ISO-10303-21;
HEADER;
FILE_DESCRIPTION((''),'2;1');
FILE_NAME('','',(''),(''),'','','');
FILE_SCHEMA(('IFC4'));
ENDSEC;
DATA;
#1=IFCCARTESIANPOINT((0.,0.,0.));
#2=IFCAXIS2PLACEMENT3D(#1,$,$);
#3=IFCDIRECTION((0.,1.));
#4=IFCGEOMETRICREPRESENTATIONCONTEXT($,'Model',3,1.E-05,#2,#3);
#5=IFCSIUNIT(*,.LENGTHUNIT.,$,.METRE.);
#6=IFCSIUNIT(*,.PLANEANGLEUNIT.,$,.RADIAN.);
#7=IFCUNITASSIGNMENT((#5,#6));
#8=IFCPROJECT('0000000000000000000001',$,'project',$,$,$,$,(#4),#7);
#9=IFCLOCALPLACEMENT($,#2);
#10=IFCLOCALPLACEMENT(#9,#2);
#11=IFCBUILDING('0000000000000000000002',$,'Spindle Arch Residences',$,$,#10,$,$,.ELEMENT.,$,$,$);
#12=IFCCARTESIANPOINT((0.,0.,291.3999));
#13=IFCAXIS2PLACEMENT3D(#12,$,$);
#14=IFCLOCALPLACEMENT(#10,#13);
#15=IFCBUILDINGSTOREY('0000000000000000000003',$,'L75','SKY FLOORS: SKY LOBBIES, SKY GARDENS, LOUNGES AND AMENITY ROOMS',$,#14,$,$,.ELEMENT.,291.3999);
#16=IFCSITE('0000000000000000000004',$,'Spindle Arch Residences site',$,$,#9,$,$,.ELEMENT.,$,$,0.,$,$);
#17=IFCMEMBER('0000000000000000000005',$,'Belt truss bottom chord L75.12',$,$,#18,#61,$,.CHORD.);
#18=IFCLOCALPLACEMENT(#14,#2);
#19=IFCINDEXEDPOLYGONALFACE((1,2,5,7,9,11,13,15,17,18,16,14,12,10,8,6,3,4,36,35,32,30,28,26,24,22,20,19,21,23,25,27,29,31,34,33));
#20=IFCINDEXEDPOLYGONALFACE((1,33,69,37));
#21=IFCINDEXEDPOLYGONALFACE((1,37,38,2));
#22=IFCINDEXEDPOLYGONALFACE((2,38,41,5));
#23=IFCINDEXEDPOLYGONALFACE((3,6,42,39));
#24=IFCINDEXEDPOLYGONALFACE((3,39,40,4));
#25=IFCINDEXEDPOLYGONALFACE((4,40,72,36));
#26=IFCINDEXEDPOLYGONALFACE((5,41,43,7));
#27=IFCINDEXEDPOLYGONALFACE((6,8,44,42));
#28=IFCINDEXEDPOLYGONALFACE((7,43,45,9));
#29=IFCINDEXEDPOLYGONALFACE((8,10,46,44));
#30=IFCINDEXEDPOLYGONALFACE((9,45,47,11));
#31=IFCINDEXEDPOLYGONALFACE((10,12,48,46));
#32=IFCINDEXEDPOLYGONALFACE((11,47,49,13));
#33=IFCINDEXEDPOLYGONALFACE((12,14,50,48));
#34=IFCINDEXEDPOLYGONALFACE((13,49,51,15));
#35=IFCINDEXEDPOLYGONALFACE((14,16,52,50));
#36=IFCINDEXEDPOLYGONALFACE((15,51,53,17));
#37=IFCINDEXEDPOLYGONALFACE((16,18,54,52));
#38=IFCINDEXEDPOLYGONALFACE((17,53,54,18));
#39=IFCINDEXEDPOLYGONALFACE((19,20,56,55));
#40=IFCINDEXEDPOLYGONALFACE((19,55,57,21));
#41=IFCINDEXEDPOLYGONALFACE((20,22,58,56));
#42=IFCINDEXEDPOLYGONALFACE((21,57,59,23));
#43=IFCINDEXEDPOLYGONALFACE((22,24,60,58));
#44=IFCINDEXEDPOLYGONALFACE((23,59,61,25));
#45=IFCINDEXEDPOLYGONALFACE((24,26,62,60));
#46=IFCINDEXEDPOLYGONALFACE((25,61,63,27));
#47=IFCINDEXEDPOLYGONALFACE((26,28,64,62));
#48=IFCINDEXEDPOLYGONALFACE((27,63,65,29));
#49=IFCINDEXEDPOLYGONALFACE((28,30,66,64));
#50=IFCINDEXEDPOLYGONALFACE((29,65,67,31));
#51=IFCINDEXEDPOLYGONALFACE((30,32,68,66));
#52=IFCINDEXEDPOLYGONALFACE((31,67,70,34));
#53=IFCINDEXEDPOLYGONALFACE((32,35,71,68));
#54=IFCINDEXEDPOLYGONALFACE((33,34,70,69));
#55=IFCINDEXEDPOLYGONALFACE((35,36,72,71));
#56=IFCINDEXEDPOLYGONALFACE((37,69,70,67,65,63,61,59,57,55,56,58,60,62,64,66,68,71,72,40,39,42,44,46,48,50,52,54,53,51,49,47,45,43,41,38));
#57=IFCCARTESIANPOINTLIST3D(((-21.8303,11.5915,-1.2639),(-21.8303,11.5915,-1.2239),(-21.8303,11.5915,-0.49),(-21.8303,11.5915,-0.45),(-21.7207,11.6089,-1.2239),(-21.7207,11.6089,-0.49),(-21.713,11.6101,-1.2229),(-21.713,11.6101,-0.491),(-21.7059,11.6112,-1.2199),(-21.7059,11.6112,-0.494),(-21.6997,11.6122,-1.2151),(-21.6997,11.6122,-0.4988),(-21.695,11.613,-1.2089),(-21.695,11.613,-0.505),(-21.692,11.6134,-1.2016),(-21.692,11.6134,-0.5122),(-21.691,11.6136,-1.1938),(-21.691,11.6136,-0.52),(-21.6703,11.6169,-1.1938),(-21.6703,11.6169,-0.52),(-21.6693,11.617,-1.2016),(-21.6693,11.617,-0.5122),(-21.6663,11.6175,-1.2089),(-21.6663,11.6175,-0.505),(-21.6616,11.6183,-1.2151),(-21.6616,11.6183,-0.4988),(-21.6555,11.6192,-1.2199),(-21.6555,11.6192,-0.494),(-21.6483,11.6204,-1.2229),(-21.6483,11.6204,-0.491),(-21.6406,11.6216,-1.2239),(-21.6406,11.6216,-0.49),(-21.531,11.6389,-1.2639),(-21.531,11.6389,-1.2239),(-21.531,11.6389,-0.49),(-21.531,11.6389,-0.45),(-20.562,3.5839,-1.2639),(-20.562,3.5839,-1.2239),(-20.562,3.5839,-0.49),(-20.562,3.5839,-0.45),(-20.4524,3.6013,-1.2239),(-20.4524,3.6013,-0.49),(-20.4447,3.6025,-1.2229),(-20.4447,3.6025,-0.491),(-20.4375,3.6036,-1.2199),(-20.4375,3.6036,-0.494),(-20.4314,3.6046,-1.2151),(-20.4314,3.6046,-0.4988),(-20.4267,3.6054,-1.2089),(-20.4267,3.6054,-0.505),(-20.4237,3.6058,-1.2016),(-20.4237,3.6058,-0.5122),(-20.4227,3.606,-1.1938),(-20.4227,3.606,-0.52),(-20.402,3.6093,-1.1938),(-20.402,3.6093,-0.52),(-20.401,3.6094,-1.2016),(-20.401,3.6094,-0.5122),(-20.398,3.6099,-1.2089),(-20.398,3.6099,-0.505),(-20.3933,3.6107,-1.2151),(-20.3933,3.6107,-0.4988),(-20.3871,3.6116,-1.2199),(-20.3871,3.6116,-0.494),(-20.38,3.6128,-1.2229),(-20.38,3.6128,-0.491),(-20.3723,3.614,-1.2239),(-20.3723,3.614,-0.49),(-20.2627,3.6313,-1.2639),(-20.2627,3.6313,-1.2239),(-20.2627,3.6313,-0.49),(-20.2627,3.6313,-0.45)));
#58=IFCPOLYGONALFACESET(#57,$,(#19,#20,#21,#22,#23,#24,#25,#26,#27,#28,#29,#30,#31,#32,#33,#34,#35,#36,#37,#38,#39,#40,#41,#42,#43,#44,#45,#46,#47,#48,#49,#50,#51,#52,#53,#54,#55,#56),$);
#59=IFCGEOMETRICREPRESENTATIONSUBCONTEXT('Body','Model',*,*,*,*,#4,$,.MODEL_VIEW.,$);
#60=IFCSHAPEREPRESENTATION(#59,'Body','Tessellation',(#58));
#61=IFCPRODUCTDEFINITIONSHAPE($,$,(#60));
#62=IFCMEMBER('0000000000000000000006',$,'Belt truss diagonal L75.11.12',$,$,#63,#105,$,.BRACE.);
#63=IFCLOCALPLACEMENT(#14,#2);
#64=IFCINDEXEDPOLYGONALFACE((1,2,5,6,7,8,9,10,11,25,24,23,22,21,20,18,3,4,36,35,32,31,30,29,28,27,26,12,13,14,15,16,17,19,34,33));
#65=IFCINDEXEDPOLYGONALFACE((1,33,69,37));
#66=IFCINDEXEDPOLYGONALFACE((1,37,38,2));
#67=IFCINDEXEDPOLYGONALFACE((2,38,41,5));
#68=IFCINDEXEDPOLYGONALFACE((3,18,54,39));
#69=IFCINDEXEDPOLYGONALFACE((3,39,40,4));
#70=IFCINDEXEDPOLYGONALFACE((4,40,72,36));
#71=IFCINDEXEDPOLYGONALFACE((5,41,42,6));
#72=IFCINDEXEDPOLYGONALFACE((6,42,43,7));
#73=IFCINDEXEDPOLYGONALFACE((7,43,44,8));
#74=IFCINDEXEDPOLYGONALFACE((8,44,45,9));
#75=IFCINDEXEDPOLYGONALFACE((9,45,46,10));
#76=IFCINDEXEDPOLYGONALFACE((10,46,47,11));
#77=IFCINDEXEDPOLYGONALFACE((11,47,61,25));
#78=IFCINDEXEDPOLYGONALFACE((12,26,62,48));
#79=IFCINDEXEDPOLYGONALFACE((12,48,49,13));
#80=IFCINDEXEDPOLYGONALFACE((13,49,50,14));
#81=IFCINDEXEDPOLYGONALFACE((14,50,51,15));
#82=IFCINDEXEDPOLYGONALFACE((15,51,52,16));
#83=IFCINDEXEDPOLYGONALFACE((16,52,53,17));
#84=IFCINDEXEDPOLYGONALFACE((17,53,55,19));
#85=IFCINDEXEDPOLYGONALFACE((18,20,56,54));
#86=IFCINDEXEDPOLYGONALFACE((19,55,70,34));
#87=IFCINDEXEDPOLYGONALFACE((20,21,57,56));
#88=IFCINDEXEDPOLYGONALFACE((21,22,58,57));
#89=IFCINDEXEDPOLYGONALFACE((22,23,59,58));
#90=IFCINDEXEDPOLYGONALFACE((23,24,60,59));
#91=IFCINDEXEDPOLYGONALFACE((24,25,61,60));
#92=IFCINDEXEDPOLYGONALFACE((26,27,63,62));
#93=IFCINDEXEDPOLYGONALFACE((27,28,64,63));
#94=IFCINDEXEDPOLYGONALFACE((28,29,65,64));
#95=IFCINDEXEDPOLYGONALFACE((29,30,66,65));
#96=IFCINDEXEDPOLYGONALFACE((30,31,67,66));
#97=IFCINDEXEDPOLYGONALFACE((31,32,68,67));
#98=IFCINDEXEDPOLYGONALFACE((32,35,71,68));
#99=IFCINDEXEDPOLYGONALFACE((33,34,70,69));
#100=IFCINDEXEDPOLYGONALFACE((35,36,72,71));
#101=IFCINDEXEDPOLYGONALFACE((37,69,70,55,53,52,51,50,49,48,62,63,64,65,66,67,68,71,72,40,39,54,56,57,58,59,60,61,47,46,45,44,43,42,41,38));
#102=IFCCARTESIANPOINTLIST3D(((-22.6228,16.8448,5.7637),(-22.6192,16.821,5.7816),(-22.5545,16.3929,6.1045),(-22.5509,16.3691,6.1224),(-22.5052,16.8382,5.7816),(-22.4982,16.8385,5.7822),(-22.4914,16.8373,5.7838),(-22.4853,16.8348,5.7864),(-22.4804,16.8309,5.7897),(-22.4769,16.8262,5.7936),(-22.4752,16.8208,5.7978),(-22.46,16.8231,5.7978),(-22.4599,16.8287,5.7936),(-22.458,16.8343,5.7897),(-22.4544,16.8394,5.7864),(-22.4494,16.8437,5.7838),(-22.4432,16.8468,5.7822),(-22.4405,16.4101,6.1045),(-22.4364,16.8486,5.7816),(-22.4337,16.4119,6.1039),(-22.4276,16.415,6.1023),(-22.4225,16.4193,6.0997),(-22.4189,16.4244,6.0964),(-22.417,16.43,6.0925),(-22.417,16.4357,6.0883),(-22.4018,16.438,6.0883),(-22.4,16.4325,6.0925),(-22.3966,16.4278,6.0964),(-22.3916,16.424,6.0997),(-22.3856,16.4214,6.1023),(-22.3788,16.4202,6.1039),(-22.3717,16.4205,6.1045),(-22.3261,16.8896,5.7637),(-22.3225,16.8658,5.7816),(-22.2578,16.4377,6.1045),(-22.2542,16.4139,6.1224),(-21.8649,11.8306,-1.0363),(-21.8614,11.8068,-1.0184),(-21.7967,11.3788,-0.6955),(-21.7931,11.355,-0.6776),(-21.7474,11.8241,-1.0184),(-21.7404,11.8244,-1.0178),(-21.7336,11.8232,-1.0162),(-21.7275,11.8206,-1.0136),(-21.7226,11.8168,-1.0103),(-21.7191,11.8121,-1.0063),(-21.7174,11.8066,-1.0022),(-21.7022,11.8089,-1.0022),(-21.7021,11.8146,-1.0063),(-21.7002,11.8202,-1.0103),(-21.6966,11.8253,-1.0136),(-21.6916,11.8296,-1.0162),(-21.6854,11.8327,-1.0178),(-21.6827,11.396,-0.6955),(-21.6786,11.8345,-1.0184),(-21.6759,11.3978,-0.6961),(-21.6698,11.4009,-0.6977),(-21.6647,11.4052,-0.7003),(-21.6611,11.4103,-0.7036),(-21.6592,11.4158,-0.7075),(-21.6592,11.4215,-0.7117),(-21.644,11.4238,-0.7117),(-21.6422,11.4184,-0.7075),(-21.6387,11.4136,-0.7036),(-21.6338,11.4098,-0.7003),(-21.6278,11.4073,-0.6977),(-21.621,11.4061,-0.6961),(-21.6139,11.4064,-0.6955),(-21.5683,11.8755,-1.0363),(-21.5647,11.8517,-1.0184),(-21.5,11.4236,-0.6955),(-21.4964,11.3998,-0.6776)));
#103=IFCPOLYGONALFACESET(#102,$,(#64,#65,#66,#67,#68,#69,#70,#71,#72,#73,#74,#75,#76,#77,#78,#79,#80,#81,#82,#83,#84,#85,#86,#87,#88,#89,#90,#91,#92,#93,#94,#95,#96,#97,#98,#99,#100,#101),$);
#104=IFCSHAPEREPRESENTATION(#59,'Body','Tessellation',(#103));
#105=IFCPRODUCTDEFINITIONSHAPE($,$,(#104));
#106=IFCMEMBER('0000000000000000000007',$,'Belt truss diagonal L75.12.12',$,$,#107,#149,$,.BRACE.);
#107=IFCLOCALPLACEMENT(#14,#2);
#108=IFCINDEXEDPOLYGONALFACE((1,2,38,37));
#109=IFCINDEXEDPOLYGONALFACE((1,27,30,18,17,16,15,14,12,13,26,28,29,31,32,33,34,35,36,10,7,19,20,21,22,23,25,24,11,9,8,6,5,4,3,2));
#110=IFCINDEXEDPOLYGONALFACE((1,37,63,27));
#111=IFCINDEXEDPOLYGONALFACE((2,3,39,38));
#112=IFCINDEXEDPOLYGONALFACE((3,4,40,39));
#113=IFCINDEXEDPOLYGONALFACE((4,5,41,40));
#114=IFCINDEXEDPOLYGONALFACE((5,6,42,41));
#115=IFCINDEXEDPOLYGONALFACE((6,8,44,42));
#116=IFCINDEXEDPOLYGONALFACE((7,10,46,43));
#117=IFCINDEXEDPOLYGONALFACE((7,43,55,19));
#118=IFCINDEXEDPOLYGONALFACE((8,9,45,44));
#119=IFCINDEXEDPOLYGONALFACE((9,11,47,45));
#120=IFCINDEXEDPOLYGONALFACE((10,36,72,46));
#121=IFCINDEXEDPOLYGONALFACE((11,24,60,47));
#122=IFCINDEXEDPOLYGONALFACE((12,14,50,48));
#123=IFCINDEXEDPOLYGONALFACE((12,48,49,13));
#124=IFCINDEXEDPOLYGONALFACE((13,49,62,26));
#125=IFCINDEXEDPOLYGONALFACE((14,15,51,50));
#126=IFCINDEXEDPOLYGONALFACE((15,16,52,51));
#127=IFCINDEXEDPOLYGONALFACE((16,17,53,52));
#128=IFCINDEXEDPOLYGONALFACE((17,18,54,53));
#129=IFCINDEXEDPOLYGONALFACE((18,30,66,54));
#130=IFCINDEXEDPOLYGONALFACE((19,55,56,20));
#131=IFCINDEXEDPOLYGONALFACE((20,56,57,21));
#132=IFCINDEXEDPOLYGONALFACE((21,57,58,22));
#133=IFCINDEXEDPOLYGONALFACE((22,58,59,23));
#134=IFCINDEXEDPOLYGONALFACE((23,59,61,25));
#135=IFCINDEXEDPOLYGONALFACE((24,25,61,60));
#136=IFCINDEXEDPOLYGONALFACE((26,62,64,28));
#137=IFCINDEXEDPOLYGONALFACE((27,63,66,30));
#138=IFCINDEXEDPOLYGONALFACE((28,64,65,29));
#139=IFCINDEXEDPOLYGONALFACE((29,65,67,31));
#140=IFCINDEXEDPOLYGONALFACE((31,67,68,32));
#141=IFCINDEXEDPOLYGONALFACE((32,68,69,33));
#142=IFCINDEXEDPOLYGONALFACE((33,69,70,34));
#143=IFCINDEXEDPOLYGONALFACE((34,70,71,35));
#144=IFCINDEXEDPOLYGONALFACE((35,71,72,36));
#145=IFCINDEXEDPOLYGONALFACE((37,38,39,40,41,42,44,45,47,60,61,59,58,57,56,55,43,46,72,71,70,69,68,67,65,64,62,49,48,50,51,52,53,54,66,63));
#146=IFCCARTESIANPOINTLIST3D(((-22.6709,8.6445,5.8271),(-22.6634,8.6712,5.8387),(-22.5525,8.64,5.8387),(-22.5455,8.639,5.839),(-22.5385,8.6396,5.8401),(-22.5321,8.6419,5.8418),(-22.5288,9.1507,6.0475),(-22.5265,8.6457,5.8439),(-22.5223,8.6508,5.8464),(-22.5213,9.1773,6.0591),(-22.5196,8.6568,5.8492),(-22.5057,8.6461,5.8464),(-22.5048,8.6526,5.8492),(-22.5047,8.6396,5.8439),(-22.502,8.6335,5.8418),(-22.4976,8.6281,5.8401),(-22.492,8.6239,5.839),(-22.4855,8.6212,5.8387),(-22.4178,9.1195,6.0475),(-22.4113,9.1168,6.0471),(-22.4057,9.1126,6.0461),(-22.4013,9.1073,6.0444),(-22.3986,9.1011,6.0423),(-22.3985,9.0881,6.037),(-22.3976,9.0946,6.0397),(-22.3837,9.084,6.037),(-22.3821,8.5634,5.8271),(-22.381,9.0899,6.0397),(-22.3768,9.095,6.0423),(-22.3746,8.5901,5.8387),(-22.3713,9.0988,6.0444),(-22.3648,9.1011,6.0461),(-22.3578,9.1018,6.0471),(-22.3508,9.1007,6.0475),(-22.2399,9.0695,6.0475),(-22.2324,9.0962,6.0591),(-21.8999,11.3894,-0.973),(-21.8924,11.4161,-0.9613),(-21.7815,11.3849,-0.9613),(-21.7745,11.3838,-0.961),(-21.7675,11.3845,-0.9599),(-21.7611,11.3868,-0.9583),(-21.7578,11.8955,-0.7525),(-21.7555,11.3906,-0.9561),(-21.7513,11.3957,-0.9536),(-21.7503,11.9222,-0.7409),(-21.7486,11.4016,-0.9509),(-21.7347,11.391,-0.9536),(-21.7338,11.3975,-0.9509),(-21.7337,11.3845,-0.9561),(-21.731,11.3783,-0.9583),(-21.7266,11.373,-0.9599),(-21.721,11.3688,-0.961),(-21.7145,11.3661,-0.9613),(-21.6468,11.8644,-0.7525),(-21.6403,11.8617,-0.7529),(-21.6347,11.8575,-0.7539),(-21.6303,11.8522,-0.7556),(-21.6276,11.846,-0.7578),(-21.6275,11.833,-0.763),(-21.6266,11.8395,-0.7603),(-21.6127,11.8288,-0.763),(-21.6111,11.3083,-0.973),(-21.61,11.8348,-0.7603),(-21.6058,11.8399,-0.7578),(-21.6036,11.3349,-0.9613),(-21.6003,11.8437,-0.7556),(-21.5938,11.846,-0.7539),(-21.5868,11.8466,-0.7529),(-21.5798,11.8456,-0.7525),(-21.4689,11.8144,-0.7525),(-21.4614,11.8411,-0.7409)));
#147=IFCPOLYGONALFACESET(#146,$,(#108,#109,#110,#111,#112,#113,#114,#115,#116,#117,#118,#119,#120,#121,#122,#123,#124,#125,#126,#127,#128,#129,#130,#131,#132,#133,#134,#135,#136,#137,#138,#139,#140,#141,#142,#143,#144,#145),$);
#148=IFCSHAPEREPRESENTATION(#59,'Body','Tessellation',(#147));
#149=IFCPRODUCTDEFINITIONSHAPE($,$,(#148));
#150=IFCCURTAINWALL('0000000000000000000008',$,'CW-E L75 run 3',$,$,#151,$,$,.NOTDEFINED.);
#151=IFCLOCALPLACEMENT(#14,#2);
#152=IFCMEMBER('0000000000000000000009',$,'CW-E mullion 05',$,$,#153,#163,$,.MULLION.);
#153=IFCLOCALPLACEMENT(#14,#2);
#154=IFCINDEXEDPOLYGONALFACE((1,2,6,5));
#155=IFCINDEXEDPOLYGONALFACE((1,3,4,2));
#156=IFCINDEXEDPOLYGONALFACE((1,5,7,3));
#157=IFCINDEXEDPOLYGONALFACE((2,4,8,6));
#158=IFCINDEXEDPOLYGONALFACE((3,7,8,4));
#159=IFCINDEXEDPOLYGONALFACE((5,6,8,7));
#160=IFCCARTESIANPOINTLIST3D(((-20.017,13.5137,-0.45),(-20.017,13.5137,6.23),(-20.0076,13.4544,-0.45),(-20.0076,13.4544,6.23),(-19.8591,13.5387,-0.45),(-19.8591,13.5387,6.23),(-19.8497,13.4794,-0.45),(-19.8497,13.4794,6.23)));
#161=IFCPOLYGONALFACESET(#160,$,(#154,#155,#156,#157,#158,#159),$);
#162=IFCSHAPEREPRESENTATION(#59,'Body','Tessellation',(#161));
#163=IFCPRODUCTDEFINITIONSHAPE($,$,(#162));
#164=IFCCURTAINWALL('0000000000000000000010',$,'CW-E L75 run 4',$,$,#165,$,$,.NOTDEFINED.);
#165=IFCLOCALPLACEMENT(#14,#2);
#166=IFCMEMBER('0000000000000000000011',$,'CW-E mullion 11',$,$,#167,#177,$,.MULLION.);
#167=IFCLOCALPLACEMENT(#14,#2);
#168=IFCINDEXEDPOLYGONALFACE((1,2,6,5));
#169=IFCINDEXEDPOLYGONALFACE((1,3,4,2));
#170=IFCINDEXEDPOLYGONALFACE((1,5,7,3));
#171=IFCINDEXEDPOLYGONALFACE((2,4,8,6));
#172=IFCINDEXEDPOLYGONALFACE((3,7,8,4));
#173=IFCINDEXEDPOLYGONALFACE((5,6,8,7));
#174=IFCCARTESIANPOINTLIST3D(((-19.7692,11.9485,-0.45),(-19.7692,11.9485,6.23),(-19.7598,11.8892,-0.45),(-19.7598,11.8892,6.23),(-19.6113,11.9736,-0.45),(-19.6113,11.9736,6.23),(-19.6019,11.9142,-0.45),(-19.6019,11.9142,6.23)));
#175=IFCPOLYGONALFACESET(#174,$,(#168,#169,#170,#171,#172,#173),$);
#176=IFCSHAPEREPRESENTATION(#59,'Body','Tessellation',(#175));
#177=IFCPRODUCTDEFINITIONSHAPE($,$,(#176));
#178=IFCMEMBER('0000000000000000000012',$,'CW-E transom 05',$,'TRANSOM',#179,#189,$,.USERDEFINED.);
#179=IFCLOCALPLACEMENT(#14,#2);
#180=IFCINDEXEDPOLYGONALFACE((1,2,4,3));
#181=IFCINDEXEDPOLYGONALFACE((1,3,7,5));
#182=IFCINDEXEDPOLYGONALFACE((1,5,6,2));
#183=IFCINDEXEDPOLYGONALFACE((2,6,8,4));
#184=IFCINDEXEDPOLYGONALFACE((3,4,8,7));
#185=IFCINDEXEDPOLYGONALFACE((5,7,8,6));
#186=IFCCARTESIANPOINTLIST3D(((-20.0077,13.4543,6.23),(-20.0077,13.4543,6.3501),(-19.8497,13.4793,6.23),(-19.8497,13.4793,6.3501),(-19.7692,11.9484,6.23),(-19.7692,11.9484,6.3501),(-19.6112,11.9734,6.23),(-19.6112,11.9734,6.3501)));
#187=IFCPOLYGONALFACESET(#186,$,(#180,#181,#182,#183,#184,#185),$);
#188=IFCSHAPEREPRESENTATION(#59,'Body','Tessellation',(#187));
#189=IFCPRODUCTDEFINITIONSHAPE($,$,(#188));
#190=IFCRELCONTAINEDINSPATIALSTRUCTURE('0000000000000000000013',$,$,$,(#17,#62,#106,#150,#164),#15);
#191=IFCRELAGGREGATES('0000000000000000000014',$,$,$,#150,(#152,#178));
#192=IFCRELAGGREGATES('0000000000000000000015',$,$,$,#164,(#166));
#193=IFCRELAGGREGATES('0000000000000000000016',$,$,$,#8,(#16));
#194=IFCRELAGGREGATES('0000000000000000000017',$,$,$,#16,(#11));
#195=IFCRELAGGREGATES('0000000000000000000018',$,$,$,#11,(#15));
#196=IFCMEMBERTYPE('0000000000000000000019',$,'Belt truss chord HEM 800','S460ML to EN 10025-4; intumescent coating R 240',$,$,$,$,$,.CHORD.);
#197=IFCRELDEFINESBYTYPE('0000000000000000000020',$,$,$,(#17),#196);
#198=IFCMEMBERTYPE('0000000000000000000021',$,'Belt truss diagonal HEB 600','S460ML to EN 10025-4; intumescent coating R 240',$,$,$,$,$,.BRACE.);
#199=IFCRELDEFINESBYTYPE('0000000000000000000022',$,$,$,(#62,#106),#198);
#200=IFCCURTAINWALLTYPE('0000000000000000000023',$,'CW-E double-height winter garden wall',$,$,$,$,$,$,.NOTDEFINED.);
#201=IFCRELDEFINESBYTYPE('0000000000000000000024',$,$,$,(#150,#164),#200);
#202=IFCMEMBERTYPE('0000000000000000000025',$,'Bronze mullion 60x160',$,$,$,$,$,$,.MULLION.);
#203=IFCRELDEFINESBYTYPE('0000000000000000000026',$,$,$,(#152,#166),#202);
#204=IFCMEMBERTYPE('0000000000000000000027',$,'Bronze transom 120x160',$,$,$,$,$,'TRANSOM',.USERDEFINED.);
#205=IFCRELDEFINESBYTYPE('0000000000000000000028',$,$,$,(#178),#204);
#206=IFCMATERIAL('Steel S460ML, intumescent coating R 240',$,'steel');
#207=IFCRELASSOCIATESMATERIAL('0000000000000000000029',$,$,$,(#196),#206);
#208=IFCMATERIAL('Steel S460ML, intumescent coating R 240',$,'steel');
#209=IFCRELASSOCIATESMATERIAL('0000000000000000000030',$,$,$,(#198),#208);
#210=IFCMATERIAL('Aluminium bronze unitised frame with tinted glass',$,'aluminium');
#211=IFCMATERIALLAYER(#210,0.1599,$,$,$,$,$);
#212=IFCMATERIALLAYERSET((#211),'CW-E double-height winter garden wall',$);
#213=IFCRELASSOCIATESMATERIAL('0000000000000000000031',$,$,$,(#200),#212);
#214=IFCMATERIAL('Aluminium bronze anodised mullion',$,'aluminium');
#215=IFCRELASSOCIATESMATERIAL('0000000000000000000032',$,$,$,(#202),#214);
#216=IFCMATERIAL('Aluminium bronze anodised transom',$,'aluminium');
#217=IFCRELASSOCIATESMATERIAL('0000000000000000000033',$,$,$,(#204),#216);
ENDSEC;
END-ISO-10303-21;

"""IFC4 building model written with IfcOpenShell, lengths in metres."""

from ifc_helpers import new_model, si_unit, direction, frame, origin, origin_2d, place, context, subcontext, project, spatial, rectangle, i_section, extrude, material, layer, layer_set, material_profile, profile_set, type_object, element, aggregate, save


model = new_model("IFC4")

# Units and contexts
model_context = context("Model", 3, precision=1e-05, world=origin(), true_north=direction((0.0, 1.0)))
body_context = subcontext(model_context, "Body", "Model", "MODEL_VIEW")
ifc_project = project(units=[si_unit("LENGTHUNIT", "METRE"), si_unit("PLANEANGLEUNIT", "RADIAN")], contexts=[model_context])

# Site, building, storey
site_placement = place(None, origin())
site = spatial("IfcSite", under=ifc_project, at=site_placement, Name="Spindle Arch Residences site", CompositionType="ELEMENT", RefElevation=0.0)
building_placement = place(site_placement, origin())
building = spatial("IfcBuilding", under=site, at=building_placement, Name="Spindle Arch Residences", CompositionType="ELEMENT")
storey_placement = place(building_placement, frame((0.0, 0.0, 291.3999)))
storey = spatial("IfcBuildingStorey", under=building, at=storey_placement, Name="L75", Description="SKY FLOORS: SKY LOBBIES, SKY GARDENS, LOUNGES AND AMENITY ROOMS", CompositionType="ELEMENT", Elevation=291.3999)

# Members
ifc_material_1 = material(Name="Steel S460ML, intumescent coating R 240", Category="steel")
ifc_material_profile_1 = material_profile(ifc_material_1, i_section(OverallWidth=0.303, OverallDepth=0.814, WebThickness=0.021, FlangeThickness=0.04, FilletRadius=0.03, at=origin_2d()), Name="HEM 800")
ifc_profile_set_1 = profile_set([ifc_material_profile_1], Name="Steel S460ML, intumescent coating R 240")
member_type_1 = type_object("IfcMemberType", Name="Belt truss chord HEM 800", Description="S460ML to EN 10025-4; intumescent coating R 240", PredefinedType="CHORD", material=ifc_profile_set_1)
member_1_placement = place(storey_placement, frame((-21.6807, 11.6152, -0.8569), z_axis=(0.156439, -0.987688, 0.0), x_axis=(0.987688, 0.156439, 0.0)))
element("IfcMember", 1, at=member_1_placement, inside=storey, type_object=member_type_1, Name="Belt truss bottom chord L75.12", PredefinedType="CHORD", context=body_context, shape_type="SweptSolid", body=[
    extrude(i_section(OverallWidth=0.303, OverallDepth=0.814, WebThickness=0.021, FlangeThickness=0.04, FilletRadius=0.03, at=origin_2d()), origin(), (0.0, 0.0, 1.0), 8.1074),
])
ifc_material_2 = material(Name="Steel S460ML, intumescent coating R 240", Category="steel")
ifc_material_profile_2 = material_profile(ifc_material_2, i_section(OverallWidth=0.3, OverallDepth=0.6001, WebThickness=0.0154, FlangeThickness=0.03, FilletRadius=0.0271, at=origin_2d()), Name="HEB 600")
ifc_profile_set_2 = profile_set([ifc_material_profile_2], Name="Steel S460ML, intumescent coating R 240")
member_type_2 = type_object("IfcMemberType", Name="Belt truss diagonal HEB 600", Description="S460ML to EN 10025-4; intumescent coating R 240", PredefinedType="BRACE", material=ifc_profile_set_2)
member_2_placement = place(storey_placement, frame((-21.6807, 11.6152, -0.8569), z_axis=(-0.089336, 0.591102, 0.801634), x_axis=(-0.988771, -0.149437, 0.0)))
element("IfcMember", 2, at=member_2_placement, inside=storey, type_object=member_type_2, Name="Belt truss diagonal L75.11.12", PredefinedType="BRACE", context=body_context, shape_type="SweptSolid", body=[
    extrude(i_section(OverallWidth=0.3, OverallDepth=0.6001, WebThickness=0.0154, FlangeThickness=0.03, FilletRadius=0.0271, at=origin_2d()), origin(), (0.0, 0.0, 1.0), 8.4827),
])
member_3_placement = place(storey_placement, frame((-21.6807, 11.6152, -0.8569), z_axis=(-0.104562, -0.372259, 0.92222), x_axis=(0.962742, -0.270421, 0.0)))
element("IfcMember", 3, at=member_3_placement, inside=storey, type_object=member_type_2, Name="Belt truss diagonal L75.12.12", PredefinedType="BRACE", context=body_context, shape_type="SweptSolid", body=[
    extrude(i_section(OverallWidth=0.3, OverallDepth=0.6001, WebThickness=0.0154, FlangeThickness=0.03, FilletRadius=0.0271, at=origin_2d()), origin(), (0.0, 0.0, 1.0), 7.3735),
])

# Curtain walls, members
ifc_material_3 = material(Name="Aluminium bronze unitised frame with tinted glass", Category="aluminium")
ifc_layer_1 = layer(ifc_material_3, 0.1599)
ifc_layer_set_1 = layer_set([ifc_layer_1], Name="CW-E double-height winter garden wall")
curtain_wall_type = type_object("IfcCurtainWallType", Name="CW-E double-height winter garden wall", PredefinedType="NOTDEFINED", material=ifc_layer_set_1)
curtain_wall_1_placement = place(storey_placement, origin())
curtain_wall_1 = element("IfcCurtainWall", 4, at=curtain_wall_1_placement, inside=storey, type_object=curtain_wall_type, Name="CW-E L75 run 3", PredefinedType="NOTDEFINED")
ifc_material_4 = material(Name="Aluminium bronze anodised mullion", Category="aluminium")
ifc_material_profile_3 = material_profile(ifc_material_4, rectangle(XDim=0.1599, YDim=0.0601, at=origin_2d()), Name="MU 60x160")
ifc_profile_set_3 = profile_set([ifc_material_profile_3], Name="Aluminium bronze anodised mullion")
member_type_3 = type_object("IfcMemberType", Name="Bronze mullion 60x160", PredefinedType="MULLION", material=ifc_profile_set_3)
member_4_placement = place(storey_placement, frame((-19.9333, 13.4966, -0.45), z_axis=(0.0, 0.0, 1.0), x_axis=(0.987688, 0.156434, 0.0)))
member_4 = element("IfcMember", 5, at=member_4_placement, type_object=member_type_3, Name="CW-E mullion 05", PredefinedType="MULLION", context=body_context, shape_type="SweptSolid", body=[
    extrude(rectangle(XDim=0.1599, YDim=0.0601, at=origin_2d()), origin(), (0.0, 0.0, 1.0), 6.6799),
])
curtain_wall_2_placement = place(storey_placement, origin())
curtain_wall_2 = element("IfcCurtainWall", 6, at=curtain_wall_2_placement, inside=storey, type_object=curtain_wall_type, Name="CW-E L75 run 4", PredefinedType="NOTDEFINED")
member_5_placement = place(storey_placement, frame((-19.6855, 11.9314, -0.45), z_axis=(0.0, 0.0, 1.0), x_axis=(0.987688, 0.156434, 0.0)))
member_5 = element("IfcMember", 7, at=member_5_placement, type_object=member_type_3, Name="CW-E mullion 11", PredefinedType="MULLION", context=body_context, shape_type="SweptSolid", body=[
    extrude(rectangle(XDim=0.1599, YDim=0.0601, at=origin_2d()), origin(), (0.0, 0.0, 1.0), 6.6799),
])

# Member
ifc_material_5 = material(Name="Aluminium bronze anodised transom", Category="aluminium")
ifc_material_profile_4 = material_profile(ifc_material_5, rectangle(XDim=0.1599, YDim=0.1201, at=origin_2d()), Name="TR 120x160")
ifc_profile_set_4 = profile_set([ifc_material_profile_4], Name="Aluminium bronze anodised transom")
member_type_4 = type_object("IfcMemberType", Name="Bronze transom 120x160", ElementType="TRANSOM", PredefinedType="USERDEFINED", material=ifc_profile_set_4)
member_6_placement = place(storey_placement, frame((-19.9287, 13.4668, 6.29), z_axis=(0.156448, -0.987686, 0.0), x_axis=(0.987686, 0.156448, 0.0)))
member_6 = element("IfcMember", 8, at=member_6_placement, type_object=member_type_4, Name="CW-E transom 05", ObjectType="TRANSOM", PredefinedType="USERDEFINED", context=body_context, shape_type="SweptSolid", body=[
    extrude(rectangle(XDim=0.1599, YDim=0.1201, at=origin_2d()), origin(), (0.0, 0.0, 1.0), 1.5247),
])

aggregate(curtain_wall_1, [member_4, member_6])
aggregate(curtain_wall_2, [member_5])

save(model, "model.ifc")
